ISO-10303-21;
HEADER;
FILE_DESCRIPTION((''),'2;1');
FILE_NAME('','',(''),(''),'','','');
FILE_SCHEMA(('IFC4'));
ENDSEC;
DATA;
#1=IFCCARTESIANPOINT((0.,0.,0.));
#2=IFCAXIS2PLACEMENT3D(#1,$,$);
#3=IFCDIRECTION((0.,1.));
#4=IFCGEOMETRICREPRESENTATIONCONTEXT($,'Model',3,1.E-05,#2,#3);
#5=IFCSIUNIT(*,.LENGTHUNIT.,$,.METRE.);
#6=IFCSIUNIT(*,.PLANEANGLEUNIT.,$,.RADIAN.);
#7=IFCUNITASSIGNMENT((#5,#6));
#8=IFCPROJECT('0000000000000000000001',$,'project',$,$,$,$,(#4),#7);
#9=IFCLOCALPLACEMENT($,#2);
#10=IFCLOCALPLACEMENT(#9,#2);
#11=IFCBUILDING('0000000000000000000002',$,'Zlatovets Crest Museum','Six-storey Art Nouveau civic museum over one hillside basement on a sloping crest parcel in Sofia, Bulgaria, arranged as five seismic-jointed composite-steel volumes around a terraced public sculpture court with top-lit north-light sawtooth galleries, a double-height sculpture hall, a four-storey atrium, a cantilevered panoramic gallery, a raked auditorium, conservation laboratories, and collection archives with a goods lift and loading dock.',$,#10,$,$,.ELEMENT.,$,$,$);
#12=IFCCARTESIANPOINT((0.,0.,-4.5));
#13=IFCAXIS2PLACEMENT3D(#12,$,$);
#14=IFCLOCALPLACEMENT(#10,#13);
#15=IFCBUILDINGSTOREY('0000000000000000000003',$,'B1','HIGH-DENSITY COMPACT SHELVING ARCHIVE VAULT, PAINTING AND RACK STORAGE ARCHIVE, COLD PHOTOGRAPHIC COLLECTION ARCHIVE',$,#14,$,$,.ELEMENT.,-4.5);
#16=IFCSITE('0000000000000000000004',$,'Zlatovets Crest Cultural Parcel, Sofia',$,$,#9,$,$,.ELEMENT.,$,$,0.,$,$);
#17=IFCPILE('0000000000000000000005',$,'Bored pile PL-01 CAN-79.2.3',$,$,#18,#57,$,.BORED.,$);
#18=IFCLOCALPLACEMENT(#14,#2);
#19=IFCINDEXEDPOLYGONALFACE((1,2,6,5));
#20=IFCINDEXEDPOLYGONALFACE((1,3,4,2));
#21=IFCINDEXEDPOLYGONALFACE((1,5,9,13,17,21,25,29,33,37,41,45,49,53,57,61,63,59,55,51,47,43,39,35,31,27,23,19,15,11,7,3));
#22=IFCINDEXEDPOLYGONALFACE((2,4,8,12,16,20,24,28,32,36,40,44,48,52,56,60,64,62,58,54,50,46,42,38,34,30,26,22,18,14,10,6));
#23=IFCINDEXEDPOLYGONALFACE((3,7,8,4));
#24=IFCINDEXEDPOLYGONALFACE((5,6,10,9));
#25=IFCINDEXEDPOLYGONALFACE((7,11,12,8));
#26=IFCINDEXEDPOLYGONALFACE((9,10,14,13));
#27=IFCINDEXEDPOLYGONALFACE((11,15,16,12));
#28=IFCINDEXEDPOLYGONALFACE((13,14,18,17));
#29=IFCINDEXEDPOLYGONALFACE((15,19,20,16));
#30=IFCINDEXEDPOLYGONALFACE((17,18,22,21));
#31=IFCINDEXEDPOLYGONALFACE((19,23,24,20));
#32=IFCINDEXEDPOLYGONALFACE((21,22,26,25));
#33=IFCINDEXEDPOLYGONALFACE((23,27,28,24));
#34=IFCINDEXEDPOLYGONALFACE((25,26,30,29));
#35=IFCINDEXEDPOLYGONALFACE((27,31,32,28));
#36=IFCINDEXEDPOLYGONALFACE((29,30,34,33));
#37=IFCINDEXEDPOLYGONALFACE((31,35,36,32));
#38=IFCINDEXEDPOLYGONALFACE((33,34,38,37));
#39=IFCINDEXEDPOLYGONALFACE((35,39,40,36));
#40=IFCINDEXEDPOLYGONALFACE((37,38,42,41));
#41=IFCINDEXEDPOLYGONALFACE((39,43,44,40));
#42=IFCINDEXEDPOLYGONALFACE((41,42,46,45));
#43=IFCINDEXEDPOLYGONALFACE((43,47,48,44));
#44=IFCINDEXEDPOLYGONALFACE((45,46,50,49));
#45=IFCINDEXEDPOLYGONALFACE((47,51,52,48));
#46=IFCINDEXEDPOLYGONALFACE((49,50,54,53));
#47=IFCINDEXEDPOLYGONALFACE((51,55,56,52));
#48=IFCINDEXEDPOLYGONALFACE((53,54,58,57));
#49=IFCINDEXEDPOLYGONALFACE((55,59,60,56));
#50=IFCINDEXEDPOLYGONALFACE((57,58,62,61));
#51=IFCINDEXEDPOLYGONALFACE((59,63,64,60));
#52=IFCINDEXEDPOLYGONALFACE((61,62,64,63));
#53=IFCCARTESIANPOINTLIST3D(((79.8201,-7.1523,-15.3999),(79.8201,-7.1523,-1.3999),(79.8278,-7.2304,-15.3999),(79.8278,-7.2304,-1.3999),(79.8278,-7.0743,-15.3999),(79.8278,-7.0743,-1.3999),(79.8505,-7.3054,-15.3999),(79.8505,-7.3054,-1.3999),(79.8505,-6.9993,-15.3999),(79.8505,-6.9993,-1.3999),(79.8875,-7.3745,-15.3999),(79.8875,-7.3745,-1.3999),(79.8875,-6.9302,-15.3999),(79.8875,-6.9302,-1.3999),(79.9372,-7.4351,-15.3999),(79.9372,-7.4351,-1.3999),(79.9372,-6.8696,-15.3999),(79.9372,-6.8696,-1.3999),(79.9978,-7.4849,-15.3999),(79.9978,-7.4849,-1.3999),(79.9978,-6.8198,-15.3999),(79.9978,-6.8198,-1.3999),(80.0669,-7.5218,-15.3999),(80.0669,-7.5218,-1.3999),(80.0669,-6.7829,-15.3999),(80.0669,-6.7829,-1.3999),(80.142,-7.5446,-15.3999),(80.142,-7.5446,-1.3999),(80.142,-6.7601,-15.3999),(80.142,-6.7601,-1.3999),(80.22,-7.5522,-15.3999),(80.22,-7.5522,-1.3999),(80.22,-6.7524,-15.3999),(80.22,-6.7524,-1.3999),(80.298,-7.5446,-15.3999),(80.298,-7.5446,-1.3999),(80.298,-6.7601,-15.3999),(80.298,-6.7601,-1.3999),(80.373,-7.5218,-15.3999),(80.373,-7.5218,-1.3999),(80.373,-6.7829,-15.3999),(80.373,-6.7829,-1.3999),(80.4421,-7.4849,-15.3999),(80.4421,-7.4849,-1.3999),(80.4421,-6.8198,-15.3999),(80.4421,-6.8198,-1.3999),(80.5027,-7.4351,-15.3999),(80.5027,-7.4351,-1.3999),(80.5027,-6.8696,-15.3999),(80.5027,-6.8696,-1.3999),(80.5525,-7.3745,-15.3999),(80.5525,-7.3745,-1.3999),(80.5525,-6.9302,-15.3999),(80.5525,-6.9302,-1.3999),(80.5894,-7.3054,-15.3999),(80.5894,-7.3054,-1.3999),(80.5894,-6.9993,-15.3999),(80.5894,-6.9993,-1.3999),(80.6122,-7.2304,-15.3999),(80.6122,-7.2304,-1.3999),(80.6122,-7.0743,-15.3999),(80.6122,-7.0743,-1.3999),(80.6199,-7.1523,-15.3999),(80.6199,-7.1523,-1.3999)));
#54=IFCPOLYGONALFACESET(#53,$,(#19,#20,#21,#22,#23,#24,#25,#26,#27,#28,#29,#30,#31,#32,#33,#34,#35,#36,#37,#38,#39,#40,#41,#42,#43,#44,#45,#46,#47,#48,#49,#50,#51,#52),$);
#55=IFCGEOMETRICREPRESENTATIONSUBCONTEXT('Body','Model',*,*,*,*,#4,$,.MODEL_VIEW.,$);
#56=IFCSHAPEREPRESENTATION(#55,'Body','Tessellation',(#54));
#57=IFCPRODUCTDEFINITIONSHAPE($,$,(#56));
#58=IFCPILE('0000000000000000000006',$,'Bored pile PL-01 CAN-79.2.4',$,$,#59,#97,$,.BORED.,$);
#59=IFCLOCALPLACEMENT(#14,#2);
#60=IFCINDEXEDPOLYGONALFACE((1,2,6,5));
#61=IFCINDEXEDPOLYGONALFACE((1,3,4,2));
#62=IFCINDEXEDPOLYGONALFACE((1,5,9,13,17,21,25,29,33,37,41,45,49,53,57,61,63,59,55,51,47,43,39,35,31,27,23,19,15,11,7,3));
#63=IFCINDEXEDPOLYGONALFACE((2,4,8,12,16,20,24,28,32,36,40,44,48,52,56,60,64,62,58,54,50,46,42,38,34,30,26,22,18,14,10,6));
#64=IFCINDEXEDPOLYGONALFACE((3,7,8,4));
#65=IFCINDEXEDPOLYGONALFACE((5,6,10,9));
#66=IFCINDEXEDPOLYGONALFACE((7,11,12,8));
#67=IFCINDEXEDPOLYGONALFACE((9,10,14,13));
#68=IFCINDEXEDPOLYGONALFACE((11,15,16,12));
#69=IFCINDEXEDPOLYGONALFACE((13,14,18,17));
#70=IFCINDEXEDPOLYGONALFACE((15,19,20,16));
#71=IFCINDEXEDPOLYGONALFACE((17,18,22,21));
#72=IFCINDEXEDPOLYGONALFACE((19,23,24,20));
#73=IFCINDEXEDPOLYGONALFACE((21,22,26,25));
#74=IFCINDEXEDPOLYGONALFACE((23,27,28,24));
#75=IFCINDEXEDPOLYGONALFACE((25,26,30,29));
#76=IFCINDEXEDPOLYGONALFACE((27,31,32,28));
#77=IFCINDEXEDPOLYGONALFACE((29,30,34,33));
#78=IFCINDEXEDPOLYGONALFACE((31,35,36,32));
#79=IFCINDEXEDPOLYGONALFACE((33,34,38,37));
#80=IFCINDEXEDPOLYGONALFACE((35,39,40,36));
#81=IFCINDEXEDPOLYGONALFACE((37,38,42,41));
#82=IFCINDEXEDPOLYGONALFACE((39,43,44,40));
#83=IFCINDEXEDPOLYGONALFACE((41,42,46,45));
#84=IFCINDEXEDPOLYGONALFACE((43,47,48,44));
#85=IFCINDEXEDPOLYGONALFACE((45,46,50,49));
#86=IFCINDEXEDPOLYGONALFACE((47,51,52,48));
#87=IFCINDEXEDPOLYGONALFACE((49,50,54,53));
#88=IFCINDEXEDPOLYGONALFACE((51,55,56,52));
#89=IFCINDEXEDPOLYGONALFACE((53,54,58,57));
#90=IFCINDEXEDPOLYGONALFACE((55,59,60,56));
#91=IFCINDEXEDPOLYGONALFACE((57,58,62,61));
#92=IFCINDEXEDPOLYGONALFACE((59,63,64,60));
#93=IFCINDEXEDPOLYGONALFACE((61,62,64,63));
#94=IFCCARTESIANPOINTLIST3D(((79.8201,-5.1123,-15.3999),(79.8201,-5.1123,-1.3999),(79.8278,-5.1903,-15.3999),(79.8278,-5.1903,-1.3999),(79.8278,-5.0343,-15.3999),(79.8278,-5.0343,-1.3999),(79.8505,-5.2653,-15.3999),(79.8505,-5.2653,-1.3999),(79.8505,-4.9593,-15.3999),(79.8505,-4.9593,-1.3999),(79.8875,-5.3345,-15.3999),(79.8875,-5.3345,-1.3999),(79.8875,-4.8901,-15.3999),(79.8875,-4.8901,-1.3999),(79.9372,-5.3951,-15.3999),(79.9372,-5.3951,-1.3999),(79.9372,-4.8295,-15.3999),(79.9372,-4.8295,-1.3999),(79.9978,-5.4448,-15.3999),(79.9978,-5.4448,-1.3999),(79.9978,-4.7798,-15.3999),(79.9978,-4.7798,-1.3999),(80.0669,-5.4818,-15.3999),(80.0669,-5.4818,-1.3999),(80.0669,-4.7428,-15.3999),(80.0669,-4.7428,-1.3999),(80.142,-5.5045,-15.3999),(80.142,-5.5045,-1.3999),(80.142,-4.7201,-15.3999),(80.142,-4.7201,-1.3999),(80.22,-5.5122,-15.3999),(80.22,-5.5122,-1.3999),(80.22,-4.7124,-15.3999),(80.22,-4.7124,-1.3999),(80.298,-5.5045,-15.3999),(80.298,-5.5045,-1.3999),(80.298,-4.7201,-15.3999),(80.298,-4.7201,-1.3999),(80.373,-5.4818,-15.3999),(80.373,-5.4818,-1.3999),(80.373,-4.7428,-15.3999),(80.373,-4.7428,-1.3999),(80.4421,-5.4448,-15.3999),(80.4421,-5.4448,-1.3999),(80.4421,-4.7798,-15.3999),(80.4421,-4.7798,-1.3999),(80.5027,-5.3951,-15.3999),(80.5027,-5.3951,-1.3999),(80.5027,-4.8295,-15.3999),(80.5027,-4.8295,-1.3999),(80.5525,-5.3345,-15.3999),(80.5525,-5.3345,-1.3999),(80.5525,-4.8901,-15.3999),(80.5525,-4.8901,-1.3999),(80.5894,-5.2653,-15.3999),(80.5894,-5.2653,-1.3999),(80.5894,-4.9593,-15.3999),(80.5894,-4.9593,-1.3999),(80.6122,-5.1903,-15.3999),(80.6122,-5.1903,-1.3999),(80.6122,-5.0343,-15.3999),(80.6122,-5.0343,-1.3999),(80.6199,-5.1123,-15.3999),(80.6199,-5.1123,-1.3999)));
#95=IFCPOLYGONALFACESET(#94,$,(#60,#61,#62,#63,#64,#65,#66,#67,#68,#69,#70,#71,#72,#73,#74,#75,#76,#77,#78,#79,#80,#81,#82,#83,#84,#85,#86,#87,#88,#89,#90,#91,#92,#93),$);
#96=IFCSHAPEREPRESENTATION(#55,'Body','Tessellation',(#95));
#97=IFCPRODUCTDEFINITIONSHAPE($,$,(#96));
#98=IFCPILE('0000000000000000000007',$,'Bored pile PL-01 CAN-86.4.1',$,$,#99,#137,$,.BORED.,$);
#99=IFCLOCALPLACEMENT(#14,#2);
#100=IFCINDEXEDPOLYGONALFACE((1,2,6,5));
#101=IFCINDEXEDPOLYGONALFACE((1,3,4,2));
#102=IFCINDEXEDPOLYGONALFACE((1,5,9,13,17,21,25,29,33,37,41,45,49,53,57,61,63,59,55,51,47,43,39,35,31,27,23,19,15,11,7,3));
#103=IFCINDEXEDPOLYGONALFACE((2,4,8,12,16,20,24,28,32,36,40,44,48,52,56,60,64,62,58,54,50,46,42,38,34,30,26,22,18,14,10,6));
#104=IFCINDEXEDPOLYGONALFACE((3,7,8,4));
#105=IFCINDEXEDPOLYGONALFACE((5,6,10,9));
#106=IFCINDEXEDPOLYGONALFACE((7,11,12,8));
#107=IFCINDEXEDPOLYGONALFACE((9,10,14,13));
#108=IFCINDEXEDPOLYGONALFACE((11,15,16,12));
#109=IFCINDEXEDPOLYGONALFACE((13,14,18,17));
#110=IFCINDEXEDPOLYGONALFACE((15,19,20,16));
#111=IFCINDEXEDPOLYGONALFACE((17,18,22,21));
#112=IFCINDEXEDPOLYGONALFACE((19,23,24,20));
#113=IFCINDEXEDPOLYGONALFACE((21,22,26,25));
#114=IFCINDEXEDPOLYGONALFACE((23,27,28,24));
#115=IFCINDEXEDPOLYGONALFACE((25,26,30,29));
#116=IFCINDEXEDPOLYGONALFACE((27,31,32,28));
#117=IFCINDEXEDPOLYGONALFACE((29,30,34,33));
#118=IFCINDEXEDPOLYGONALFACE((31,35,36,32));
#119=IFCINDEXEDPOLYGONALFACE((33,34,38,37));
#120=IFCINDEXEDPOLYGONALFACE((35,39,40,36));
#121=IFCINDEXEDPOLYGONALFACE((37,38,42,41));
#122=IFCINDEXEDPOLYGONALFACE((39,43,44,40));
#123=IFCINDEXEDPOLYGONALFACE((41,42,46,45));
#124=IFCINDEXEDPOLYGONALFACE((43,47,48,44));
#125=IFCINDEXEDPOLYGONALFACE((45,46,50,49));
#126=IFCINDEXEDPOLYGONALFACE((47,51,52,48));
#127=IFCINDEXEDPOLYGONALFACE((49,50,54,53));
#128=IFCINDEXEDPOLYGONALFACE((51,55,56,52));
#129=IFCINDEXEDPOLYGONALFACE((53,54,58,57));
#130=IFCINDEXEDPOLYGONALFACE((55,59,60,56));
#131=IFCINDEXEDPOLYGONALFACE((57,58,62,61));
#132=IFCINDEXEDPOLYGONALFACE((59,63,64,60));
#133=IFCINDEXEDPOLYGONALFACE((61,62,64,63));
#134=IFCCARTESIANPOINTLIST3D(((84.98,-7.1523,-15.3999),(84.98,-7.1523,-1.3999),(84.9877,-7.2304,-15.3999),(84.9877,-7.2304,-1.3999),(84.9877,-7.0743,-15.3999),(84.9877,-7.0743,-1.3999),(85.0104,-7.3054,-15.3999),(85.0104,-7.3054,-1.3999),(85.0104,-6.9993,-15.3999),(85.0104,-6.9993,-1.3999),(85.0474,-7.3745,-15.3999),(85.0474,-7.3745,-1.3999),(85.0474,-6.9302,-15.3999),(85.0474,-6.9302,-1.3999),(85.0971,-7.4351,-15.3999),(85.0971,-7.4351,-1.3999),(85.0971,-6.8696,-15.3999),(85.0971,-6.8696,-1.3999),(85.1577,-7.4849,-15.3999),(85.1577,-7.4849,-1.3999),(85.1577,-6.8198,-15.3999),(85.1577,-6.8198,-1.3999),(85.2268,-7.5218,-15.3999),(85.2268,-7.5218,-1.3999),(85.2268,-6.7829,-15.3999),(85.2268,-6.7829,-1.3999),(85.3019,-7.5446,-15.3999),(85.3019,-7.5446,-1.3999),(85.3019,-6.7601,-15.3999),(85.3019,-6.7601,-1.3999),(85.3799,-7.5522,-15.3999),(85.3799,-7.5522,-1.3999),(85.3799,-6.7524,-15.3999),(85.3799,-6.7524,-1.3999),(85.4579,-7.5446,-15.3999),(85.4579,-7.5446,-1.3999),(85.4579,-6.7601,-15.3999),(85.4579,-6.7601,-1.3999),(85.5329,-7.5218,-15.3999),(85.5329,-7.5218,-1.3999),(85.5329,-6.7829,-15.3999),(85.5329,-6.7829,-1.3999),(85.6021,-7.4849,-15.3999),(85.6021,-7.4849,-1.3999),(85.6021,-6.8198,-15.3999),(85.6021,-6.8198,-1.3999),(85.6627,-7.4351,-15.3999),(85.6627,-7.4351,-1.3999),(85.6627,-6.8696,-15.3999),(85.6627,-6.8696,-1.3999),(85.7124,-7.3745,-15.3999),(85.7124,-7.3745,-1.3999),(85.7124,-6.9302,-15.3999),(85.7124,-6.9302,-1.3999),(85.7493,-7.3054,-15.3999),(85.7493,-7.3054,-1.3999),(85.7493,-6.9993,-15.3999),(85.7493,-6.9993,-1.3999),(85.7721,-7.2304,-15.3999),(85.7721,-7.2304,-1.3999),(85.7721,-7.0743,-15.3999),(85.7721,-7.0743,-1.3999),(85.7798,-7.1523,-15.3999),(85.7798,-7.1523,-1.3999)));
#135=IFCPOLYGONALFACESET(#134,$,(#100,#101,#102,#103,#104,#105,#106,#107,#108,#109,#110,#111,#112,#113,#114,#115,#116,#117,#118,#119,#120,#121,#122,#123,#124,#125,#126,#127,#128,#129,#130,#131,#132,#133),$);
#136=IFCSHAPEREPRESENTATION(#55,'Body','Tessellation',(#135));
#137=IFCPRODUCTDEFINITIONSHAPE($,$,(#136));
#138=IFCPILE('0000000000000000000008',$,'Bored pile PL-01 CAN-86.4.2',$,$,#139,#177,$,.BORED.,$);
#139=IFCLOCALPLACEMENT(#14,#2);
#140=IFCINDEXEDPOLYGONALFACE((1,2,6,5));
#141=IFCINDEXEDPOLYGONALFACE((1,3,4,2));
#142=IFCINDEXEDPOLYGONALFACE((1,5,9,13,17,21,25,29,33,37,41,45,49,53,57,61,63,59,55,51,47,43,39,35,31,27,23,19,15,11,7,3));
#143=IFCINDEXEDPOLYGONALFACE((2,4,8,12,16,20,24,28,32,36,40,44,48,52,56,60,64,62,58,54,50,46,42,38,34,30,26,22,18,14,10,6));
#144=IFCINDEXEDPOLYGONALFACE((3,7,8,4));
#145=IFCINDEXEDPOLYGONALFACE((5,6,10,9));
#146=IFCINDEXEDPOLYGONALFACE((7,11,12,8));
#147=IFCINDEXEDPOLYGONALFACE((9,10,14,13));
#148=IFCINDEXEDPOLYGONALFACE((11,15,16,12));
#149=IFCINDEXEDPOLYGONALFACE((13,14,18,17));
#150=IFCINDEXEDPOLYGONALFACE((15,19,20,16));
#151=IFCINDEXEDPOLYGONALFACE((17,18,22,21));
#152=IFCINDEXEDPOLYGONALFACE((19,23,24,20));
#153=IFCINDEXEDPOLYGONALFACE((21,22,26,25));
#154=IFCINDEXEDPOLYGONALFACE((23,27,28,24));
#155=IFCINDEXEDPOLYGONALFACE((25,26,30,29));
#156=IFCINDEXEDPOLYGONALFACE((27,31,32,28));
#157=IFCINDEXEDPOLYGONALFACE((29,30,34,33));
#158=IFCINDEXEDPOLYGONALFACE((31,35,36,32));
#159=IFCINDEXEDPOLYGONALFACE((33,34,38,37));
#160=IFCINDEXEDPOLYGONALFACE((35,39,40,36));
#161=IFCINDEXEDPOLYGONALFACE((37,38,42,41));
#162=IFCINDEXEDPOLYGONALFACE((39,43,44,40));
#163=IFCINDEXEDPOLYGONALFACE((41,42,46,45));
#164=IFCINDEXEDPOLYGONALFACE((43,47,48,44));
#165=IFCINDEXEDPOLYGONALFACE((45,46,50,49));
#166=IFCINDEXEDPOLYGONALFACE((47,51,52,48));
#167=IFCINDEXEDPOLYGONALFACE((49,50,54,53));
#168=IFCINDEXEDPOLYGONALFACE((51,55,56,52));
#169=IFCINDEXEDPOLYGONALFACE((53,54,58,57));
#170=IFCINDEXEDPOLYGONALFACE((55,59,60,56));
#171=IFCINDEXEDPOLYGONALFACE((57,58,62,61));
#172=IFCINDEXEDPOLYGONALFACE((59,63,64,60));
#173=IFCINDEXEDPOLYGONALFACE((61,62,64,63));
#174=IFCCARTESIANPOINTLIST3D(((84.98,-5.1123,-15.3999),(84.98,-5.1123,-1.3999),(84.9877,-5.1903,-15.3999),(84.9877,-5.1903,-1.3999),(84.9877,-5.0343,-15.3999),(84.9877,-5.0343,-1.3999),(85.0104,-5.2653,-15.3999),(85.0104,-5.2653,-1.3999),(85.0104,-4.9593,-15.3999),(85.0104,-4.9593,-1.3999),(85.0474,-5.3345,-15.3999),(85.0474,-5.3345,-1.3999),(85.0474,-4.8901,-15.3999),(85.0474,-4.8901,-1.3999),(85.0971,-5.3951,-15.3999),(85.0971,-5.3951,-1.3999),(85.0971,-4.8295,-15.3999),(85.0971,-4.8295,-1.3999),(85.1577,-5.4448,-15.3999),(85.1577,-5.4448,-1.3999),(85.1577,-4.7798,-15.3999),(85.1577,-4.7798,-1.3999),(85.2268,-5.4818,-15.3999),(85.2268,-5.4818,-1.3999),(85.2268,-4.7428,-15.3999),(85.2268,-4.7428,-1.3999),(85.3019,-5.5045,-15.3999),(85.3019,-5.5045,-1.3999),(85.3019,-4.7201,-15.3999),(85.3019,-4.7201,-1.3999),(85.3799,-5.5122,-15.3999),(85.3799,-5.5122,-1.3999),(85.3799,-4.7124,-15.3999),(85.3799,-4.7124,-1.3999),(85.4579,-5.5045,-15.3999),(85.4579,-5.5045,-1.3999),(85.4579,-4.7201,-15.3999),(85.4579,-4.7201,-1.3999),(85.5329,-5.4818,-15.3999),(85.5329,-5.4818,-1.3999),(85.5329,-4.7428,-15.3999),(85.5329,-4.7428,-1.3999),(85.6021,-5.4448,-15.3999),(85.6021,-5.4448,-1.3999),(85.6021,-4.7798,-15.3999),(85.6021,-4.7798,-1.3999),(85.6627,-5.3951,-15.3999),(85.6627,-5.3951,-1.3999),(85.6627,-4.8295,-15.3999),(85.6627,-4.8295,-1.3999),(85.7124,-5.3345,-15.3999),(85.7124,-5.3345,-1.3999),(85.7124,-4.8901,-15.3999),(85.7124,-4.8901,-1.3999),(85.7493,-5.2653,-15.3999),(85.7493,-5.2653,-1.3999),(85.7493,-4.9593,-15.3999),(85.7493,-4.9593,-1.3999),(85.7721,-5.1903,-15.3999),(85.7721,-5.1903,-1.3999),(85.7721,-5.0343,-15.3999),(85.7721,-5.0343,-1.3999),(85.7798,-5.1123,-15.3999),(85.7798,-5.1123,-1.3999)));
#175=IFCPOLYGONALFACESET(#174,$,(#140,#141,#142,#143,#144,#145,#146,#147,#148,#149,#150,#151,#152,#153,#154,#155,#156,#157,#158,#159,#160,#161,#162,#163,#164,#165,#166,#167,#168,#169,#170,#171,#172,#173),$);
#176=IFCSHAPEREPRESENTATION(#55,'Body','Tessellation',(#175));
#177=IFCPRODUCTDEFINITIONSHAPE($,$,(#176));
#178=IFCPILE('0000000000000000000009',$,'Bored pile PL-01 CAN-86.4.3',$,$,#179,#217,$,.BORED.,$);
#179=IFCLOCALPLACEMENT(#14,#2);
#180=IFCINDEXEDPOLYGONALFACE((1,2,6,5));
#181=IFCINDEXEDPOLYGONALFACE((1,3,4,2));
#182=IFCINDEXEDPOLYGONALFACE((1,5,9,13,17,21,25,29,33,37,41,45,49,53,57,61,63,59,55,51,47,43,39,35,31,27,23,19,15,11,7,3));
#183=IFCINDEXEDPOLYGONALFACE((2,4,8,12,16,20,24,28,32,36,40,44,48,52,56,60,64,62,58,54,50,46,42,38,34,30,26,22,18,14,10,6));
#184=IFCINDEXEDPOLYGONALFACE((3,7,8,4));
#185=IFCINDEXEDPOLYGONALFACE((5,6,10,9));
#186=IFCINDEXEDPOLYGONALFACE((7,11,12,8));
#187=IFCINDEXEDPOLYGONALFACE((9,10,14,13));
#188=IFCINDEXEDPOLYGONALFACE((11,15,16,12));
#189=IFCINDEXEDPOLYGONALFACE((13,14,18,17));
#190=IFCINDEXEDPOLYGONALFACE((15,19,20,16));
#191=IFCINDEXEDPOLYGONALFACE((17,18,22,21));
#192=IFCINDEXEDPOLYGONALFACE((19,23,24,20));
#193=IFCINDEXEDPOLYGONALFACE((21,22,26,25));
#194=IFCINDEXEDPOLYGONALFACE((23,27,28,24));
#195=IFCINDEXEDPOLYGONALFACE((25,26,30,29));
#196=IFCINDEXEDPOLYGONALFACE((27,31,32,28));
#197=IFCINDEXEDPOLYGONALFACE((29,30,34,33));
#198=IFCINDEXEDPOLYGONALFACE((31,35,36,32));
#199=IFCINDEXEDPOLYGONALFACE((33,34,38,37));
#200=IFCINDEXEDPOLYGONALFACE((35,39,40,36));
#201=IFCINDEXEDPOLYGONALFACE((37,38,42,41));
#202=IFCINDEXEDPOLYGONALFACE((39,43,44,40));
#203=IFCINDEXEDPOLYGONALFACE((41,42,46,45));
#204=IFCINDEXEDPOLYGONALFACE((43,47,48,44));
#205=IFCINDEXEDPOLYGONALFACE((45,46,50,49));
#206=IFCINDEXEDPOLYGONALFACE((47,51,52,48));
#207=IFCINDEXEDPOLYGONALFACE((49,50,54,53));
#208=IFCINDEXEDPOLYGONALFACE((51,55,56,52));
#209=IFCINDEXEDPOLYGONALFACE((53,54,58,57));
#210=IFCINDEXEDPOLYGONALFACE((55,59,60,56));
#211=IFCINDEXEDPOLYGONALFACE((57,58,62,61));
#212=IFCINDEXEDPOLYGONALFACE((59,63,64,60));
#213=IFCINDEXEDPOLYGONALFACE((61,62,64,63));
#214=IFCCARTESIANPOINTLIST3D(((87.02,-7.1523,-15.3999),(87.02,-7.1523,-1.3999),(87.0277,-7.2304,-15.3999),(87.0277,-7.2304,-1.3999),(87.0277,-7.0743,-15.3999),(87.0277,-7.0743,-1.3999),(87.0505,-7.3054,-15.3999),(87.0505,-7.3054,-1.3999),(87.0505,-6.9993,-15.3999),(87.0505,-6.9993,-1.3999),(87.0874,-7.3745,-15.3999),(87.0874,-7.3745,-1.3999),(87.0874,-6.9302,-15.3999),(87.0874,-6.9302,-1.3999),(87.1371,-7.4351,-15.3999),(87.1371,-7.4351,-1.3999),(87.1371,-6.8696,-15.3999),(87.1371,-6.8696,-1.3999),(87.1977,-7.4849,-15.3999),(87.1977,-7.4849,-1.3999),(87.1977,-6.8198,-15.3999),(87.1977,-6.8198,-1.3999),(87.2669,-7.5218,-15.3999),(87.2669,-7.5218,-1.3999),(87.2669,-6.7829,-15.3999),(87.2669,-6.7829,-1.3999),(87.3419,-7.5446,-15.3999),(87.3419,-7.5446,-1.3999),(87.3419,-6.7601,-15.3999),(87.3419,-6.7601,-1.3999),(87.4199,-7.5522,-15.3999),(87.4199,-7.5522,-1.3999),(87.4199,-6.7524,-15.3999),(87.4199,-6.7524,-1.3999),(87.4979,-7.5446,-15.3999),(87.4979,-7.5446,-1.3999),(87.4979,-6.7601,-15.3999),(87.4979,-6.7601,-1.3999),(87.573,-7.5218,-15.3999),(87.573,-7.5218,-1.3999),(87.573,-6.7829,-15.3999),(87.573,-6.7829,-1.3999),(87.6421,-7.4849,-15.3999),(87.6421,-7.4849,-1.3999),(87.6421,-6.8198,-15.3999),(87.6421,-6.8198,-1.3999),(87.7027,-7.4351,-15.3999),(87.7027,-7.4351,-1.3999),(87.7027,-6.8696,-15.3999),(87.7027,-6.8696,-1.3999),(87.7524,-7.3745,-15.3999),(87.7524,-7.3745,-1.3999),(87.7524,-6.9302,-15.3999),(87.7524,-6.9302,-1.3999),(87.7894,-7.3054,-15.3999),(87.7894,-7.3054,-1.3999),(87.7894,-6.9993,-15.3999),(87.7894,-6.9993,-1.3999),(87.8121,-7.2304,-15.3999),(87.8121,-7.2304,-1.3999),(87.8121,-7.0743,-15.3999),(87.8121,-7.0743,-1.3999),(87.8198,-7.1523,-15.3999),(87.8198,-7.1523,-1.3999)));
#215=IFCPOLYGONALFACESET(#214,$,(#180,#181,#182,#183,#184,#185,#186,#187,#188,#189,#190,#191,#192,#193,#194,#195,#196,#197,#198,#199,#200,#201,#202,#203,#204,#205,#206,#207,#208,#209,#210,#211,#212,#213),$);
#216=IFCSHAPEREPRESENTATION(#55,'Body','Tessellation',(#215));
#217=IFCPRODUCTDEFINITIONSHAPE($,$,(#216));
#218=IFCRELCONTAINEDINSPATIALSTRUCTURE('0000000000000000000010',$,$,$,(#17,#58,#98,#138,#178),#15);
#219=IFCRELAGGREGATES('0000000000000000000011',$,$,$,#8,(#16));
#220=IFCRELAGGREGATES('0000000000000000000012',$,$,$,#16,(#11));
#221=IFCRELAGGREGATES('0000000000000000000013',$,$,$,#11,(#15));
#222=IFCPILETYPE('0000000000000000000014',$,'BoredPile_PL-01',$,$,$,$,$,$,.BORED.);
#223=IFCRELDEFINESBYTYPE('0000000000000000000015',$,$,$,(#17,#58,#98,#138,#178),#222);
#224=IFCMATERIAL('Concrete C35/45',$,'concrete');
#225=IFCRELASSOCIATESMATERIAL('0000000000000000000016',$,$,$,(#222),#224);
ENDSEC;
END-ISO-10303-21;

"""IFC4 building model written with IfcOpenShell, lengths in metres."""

from ifc_helpers import new_model, si_unit, direction, frame, origin, origin_2d, place, context, subcontext, project, spatial, circle, extrude, material, material_profile, profile_set, type_object, element, save


model = new_model("IFC4")

# Units and contexts
model_context = context("Model", 3, precision=1e-05, world=origin(), true_north=direction((0.0, 1.0)))
body_context = subcontext(model_context, "Body", "Model", "MODEL_VIEW")
ifc_project = project(units=[si_unit("LENGTHUNIT", "METRE"), si_unit("PLANEANGLEUNIT", "RADIAN")], contexts=[model_context])

# Site, building, storey
site_placement = place(None, origin())
site = spatial("IfcSite", under=ifc_project, at=site_placement, Name="Zlatovets Crest Cultural Parcel, Sofia", CompositionType="ELEMENT", RefElevation=0.0)
building_placement = place(site_placement, origin())
building = spatial("IfcBuilding", under=site, at=building_placement, Name="Zlatovets Crest Museum", Description="Six-storey Art Nouveau civic museum over one hillside basement on a sloping crest parcel in Sofia, Bulgaria, arranged as five seismic-jointed composite-steel volumes around a terraced public sculpture court with top-lit north-light sawtooth galleries, a double-height sculpture hall, a four-storey atrium, a cantilevered panoramic gallery, a raked auditorium, conservation laboratories, and collection archives with a goods lift and loading dock.", CompositionType="ELEMENT")
storey_placement = place(building_placement, frame((0.0, 0.0, -4.5)))
storey = spatial("IfcBuildingStorey", under=building, at=storey_placement, Name="B1", Description="HIGH-DENSITY COMPACT SHELVING ARCHIVE VAULT, PAINTING AND RACK STORAGE ARCHIVE, COLD PHOTOGRAPHIC COLLECTION ARCHIVE", CompositionType="ELEMENT", Elevation=-4.5)

# Piles
ifc_material_1 = material(Name="Concrete C35/45", Category="concrete")
ifc_material_profile_1 = material_profile(ifc_material_1, circle(Radius=0.3999, at=origin_2d()), Name="PILE D800")
ifc_profile_set_1 = profile_set([ifc_material_profile_1], Name="Concrete C35/45")
pile_type_1 = type_object("IfcPileType", Name="BoredPile_PL-01", PredefinedType="BORED", material=ifc_profile_set_1)
for number, where, z_axis, x_axis, name in (
    (1, (80.22, -7.1523, -1.3999), (0.0, 0.0, -1.0), (1.0, 0.0, 0.0), "Bored pile PL-01 CAN-79.2.3"),
    (2, (80.22, -5.1123, -1.3999), (0.0, 0.0, -1.0), (1.0, 0.0, 0.0), "Bored pile PL-01 CAN-79.2.4"),
    (3, (85.3799, -7.1523, -1.3999), (0.0, 0.0, -1.0), (1.0, 0.0, 0.0), "Bored pile PL-01 CAN-86.4.1"),
    (4, (85.3799, -5.1123, -1.3999), (0.0, 0.0, -1.0), (1.0, 0.0, 0.0), "Bored pile PL-01 CAN-86.4.2"),
    (5, (87.4199, -7.1523, -1.3999), (0.0, 0.0, -1.0), (1.0, 0.0, 0.0), "Bored pile PL-01 CAN-86.4.3"),
):
    element("IfcPile", number, at=place(storey_placement, frame(where, z_axis=z_axis, x_axis=x_axis)), inside=storey, type_object=pile_type_1, Name=name, PredefinedType="BORED", context=body_context, shape_type="SweptSolid", body=[
        extrude(circle(Radius=0.3999, at=origin_2d()), origin(), (0.0, 0.0, 1.0), 14.0),
    ])

save(model, "model.ifc")
